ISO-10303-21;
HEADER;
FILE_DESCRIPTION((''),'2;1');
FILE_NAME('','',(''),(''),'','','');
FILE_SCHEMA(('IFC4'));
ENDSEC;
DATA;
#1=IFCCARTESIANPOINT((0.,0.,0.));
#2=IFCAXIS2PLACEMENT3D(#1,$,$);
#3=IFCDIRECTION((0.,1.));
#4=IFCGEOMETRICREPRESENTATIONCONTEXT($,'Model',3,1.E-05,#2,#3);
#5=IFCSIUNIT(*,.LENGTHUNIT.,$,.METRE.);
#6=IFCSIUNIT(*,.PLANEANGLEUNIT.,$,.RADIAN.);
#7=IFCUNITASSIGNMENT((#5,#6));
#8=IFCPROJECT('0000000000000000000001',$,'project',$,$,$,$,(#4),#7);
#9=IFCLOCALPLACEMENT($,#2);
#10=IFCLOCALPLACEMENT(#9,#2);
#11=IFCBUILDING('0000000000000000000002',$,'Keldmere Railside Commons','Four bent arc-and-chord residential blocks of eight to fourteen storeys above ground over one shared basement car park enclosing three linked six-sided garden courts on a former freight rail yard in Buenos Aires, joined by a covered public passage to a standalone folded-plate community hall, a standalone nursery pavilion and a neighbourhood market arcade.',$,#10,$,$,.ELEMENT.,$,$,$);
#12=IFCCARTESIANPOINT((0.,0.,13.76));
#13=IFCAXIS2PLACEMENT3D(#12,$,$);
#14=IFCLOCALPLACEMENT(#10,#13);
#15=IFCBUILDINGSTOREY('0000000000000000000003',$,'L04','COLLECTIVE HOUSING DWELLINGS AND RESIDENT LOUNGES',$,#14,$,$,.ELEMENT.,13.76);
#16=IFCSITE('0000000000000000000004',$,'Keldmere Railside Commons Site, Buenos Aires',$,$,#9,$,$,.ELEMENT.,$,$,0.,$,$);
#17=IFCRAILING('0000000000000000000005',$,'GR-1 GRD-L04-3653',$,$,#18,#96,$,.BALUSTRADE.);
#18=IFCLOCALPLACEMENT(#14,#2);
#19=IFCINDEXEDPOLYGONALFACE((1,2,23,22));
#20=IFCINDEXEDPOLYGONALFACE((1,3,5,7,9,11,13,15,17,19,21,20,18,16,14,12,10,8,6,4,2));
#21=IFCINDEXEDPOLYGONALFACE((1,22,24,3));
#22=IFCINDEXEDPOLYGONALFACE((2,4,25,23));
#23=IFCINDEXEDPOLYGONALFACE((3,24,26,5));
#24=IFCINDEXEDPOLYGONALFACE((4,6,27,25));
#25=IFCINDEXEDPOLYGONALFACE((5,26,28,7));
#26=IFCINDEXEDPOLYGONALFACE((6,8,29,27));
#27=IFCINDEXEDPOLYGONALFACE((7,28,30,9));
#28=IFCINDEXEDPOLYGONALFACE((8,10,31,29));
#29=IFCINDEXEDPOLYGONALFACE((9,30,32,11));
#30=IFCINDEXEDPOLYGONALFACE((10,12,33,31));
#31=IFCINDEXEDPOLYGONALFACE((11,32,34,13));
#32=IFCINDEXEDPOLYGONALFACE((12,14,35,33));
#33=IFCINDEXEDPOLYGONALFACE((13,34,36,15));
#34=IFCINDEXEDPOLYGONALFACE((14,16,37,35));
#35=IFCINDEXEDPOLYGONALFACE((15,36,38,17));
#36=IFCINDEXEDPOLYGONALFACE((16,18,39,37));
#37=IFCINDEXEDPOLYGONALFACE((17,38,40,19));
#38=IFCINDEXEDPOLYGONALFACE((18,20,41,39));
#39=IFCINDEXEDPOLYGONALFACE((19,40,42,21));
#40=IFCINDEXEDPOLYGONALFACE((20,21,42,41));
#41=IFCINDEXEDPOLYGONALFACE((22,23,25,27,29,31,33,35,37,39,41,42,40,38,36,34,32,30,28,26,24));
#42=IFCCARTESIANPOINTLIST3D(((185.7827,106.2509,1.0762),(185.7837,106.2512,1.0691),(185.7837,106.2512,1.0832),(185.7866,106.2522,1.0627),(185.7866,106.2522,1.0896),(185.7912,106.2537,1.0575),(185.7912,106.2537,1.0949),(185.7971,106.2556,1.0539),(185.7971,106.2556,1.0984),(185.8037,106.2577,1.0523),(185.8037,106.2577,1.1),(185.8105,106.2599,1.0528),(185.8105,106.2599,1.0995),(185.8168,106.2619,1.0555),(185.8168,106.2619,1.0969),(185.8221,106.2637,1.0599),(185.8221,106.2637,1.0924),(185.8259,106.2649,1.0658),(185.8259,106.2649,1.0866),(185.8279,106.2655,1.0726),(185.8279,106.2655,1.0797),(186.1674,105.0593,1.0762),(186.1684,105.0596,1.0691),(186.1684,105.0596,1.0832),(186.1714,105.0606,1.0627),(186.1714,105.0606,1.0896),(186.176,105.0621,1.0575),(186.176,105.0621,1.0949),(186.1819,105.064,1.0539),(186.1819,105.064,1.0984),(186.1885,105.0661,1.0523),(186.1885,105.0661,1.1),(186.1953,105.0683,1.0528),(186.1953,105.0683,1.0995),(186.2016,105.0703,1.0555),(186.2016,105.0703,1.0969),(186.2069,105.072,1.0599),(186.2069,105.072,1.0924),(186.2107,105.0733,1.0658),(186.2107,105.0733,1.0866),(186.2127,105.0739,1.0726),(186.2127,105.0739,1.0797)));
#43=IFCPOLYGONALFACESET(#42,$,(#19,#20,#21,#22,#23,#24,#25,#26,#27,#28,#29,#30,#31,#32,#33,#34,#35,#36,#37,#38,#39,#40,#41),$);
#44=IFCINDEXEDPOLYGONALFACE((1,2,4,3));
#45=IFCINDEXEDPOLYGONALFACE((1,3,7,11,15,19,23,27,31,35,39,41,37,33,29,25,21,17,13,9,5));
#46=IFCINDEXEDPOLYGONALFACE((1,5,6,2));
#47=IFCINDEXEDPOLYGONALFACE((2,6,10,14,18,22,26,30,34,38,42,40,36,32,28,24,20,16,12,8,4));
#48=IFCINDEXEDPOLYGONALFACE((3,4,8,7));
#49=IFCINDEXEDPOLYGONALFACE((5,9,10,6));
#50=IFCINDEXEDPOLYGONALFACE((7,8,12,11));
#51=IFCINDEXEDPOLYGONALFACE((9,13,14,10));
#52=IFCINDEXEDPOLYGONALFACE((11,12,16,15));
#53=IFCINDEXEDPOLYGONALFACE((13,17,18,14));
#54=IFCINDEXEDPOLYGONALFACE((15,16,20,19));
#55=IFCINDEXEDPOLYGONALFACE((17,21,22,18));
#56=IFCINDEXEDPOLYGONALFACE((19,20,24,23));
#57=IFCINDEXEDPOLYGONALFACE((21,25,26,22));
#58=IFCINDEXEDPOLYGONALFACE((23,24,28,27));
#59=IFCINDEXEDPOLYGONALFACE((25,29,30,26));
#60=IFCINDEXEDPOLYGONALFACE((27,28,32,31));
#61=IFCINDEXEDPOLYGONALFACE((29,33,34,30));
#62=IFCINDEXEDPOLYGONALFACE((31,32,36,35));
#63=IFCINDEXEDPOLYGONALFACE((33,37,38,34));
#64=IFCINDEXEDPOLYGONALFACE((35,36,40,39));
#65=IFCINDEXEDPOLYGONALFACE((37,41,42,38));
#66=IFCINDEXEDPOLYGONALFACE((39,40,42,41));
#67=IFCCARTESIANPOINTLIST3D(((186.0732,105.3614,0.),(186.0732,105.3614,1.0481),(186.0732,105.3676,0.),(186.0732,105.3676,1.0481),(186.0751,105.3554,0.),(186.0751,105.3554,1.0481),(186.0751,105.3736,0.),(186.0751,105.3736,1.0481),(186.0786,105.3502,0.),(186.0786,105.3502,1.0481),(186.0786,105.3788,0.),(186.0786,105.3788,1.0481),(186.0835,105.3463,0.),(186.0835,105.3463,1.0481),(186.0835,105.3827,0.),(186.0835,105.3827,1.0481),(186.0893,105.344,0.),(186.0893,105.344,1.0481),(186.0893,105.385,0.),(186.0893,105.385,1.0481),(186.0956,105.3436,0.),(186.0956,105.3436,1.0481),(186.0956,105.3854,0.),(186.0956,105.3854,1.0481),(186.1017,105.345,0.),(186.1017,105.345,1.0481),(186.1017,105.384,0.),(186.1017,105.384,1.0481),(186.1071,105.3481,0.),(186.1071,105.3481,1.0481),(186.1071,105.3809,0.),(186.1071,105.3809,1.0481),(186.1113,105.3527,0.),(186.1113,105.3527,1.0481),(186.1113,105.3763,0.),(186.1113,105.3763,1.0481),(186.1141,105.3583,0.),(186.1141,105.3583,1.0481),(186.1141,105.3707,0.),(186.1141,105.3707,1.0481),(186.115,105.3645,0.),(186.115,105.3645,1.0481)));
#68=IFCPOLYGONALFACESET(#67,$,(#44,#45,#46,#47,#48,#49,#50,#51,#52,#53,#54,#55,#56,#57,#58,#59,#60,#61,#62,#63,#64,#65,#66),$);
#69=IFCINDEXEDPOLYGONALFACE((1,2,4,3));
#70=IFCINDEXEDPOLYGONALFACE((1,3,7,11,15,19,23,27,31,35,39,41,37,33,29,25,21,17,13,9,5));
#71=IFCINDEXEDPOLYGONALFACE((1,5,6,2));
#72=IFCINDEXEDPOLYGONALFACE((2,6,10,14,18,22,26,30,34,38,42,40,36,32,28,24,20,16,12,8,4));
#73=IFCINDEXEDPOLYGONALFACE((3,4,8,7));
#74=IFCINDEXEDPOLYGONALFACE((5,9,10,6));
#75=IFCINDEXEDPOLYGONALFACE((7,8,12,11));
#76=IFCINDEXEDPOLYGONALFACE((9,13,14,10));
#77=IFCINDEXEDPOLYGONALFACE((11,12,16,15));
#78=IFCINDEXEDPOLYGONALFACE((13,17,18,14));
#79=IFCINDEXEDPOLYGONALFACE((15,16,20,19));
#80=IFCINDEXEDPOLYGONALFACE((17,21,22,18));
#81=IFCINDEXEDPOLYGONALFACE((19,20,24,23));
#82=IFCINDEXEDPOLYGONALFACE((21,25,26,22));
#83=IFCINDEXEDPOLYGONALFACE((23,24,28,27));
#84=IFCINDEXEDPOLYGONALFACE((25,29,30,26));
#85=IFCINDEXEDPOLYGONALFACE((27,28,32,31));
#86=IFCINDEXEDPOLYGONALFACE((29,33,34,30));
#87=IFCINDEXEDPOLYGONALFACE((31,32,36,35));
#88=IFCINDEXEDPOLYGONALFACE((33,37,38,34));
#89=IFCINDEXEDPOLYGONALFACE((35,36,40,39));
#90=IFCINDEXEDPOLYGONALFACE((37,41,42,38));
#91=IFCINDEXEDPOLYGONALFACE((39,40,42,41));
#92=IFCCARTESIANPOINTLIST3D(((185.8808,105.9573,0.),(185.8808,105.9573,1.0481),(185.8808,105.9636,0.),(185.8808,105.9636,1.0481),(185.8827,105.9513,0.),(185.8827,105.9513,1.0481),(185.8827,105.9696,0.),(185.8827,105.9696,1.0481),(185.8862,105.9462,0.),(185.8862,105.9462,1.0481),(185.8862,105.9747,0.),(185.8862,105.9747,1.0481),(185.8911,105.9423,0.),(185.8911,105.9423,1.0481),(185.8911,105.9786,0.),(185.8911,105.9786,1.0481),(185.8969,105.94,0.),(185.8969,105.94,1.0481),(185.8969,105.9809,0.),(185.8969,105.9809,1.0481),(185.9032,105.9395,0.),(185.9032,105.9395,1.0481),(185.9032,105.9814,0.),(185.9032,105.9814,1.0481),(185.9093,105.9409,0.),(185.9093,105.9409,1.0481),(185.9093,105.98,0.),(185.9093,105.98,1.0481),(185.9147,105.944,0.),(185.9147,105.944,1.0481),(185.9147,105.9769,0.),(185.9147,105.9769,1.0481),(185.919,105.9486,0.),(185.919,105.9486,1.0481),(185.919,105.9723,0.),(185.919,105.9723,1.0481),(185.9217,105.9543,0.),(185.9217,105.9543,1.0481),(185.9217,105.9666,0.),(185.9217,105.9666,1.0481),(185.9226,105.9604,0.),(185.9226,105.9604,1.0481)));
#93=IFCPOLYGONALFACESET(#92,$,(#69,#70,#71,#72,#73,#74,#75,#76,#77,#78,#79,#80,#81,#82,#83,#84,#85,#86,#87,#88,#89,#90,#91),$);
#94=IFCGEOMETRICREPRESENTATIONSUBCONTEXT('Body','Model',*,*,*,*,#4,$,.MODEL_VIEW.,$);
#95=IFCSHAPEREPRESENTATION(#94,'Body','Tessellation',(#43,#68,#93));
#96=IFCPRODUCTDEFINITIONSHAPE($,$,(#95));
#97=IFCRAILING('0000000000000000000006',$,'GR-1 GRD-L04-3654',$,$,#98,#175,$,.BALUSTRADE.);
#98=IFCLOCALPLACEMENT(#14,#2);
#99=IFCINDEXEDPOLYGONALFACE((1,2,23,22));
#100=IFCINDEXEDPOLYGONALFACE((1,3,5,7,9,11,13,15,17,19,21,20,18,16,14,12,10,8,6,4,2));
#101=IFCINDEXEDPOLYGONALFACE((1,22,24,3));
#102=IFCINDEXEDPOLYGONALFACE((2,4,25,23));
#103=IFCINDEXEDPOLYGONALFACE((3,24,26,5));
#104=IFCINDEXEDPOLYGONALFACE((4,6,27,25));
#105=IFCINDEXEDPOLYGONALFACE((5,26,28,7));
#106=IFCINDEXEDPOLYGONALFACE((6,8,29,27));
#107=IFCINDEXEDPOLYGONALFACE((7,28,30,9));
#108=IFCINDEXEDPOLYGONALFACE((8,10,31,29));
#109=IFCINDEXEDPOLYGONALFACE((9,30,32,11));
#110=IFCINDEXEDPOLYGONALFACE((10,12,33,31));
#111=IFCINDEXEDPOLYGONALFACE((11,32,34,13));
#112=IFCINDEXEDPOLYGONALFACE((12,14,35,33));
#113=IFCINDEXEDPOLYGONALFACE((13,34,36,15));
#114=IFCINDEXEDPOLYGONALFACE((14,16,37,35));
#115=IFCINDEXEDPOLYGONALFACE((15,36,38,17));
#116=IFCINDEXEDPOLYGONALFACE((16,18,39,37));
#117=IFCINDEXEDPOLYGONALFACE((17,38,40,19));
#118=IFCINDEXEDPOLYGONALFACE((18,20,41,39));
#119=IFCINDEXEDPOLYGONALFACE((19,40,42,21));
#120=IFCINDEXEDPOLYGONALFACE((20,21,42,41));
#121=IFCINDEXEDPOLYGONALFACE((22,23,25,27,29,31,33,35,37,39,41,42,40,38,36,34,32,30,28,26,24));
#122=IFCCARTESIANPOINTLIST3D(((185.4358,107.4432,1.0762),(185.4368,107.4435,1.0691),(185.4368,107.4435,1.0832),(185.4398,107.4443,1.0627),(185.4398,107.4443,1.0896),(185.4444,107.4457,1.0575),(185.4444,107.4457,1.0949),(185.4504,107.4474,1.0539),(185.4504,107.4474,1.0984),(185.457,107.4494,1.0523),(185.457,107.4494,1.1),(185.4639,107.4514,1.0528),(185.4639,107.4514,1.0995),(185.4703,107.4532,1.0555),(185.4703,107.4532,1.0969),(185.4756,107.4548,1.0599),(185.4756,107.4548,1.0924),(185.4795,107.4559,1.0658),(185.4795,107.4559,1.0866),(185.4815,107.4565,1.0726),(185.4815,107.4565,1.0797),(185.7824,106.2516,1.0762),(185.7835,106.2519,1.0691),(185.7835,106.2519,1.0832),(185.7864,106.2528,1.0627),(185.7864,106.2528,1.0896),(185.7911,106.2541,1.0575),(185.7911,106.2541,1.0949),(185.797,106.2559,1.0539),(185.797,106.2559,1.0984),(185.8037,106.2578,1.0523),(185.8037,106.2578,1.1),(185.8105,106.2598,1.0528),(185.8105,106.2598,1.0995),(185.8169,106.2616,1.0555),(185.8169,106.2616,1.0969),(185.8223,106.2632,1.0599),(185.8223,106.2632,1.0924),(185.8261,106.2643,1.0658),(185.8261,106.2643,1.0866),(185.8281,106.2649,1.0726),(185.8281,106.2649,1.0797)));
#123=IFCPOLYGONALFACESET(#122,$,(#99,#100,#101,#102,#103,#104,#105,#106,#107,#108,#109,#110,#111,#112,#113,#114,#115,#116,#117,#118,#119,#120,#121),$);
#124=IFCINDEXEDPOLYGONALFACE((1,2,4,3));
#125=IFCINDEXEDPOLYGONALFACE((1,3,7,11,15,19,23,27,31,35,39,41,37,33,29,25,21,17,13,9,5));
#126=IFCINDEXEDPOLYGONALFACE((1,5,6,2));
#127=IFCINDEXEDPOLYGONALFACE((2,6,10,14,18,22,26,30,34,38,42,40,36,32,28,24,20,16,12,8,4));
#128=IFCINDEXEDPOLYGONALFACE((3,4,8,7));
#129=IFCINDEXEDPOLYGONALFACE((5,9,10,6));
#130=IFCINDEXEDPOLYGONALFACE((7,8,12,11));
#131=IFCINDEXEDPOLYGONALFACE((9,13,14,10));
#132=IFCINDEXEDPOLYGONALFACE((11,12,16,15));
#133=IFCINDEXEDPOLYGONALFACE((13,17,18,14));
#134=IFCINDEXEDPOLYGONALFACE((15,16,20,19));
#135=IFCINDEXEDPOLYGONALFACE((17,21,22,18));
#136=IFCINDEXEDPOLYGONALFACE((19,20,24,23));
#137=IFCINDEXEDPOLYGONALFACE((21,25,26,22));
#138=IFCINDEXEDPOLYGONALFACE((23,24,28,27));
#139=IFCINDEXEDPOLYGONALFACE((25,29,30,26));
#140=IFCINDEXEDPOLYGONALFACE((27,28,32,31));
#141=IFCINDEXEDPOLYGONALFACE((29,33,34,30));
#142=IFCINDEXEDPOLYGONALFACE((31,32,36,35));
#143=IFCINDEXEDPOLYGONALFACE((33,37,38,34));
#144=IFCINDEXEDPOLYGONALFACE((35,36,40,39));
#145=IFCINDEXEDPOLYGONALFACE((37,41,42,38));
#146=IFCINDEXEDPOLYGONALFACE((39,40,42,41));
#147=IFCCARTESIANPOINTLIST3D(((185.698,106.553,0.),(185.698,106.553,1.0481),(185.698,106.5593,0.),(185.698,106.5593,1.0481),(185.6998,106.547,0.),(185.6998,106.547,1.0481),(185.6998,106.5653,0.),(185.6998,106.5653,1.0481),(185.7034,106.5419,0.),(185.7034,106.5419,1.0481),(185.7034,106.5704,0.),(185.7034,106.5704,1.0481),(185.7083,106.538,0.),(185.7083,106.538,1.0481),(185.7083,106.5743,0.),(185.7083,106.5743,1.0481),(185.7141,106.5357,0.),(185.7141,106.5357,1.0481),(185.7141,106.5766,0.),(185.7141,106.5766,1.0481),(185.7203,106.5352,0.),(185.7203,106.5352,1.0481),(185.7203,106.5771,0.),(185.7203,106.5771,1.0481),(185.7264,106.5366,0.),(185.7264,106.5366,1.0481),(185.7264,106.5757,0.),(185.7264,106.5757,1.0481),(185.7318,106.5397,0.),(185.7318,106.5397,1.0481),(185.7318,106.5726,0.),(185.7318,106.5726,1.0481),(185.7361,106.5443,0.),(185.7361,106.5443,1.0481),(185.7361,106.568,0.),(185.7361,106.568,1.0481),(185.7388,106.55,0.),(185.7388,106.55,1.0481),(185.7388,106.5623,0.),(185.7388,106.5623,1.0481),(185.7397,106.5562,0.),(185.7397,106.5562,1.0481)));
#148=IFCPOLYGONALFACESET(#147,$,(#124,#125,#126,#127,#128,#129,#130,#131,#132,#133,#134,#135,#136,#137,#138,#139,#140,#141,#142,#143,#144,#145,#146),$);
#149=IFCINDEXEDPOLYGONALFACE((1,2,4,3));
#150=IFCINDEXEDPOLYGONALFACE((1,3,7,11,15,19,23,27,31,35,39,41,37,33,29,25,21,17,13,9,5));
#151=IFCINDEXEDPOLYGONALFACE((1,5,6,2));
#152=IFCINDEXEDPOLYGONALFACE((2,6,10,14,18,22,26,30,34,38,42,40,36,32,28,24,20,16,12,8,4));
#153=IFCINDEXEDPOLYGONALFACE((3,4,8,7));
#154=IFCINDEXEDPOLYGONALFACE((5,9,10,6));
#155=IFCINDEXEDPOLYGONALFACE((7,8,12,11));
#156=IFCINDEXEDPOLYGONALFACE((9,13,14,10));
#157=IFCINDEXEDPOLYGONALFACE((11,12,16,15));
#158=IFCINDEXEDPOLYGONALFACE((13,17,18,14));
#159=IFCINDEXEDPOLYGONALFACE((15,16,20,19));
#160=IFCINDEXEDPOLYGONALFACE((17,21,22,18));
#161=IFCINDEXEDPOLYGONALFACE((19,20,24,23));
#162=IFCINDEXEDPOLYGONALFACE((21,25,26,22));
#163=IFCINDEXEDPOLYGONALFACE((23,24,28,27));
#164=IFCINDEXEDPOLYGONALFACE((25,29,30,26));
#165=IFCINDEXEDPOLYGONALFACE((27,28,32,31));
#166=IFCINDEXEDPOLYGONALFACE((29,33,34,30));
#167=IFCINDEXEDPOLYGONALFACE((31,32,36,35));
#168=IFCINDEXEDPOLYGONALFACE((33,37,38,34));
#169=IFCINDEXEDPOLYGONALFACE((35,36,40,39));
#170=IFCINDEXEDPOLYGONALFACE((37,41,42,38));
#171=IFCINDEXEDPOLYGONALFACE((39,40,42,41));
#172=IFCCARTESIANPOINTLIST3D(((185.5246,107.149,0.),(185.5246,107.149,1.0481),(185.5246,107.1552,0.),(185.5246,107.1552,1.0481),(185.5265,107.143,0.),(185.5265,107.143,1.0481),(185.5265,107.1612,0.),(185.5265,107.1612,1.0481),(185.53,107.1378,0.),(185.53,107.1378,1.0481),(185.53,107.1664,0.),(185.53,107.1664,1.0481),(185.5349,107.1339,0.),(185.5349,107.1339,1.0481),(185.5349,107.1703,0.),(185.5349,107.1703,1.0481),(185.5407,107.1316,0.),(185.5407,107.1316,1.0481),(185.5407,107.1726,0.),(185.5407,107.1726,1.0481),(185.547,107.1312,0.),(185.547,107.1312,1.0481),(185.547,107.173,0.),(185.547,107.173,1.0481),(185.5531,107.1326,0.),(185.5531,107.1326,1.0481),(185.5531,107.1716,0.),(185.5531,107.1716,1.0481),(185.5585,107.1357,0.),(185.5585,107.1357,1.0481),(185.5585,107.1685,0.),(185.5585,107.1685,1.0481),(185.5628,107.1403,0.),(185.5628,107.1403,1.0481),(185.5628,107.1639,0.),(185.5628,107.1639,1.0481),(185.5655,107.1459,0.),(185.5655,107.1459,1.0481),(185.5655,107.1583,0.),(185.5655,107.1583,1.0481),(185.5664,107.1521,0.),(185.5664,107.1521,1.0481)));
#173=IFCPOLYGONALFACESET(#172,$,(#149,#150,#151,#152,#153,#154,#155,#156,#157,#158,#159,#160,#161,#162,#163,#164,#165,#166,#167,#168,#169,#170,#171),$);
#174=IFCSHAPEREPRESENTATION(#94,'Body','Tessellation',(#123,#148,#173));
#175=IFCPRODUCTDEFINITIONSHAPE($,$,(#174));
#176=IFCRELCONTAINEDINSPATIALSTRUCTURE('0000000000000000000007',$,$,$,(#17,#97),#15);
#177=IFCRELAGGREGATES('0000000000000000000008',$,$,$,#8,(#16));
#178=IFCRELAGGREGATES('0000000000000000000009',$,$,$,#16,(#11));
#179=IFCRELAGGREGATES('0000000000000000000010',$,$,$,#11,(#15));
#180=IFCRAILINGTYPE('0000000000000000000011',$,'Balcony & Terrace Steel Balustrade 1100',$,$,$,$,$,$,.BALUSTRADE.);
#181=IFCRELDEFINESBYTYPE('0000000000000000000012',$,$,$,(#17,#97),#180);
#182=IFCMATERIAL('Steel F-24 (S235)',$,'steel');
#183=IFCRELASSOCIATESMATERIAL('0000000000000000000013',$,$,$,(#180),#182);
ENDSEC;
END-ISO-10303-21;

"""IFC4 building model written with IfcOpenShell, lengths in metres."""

from ifc_helpers import new_model, si_unit, direction, frame, origin, origin_2d, place, context, subcontext, project, spatial, circle, extrude, material, type_object, element, save


model = new_model("IFC4")

# Units and contexts
model_context = context("Model", 3, precision=1e-05, world=origin(), true_north=direction((0.0, 1.0)))
body_context = subcontext(model_context, "Body", "Model", "MODEL_VIEW")
ifc_project = project(units=[si_unit("LENGTHUNIT", "METRE"), si_unit("PLANEANGLEUNIT", "RADIAN")], contexts=[model_context])

# Site, building, storey
site_placement = place(None, origin())
site = spatial("IfcSite", under=ifc_project, at=site_placement, Name="Keldmere Railside Commons Site, Buenos Aires", CompositionType="ELEMENT", RefElevation=0.0)
building_placement = place(site_placement, origin())
building = spatial("IfcBuilding", under=site, at=building_placement, Name="Keldmere Railside Commons", Description="Four bent arc-and-chord residential blocks of eight to fourteen storeys above ground over one shared basement car park enclosing three linked six-sided garden courts on a former freight rail yard in Buenos Aires, joined by a covered public passage to a standalone folded-plate community hall, a standalone nursery pavilion and a neighbourhood market arcade.", CompositionType="ELEMENT")
storey_placement = place(building_placement, frame((0.0, 0.0, 13.76)))
storey = spatial("IfcBuildingStorey", under=building, at=storey_placement, Name="L04", Description="COLLECTIVE HOUSING DWELLINGS AND RESIDENT LOUNGES", CompositionType="ELEMENT", Elevation=13.76)

# Railings
ifc_material_1 = material(Name="Steel F-24 (S235)", Category="steel")
railing_type = type_object("IfcRailingType", Name="Balcony & Terrace Steel Balustrade 1100", PredefinedType="BALUSTRADE", material=ifc_material_1)
railing_1_placement = place(storey_placement, frame((186.1902, 105.0667, 0.0)))
element("IfcRailing", 1, at=railing_1_placement, inside=storey, type_object=railing_type, Name="GR-1 GRD-L04-3653", PredefinedType="BALUSTRADE", context=body_context, shape_type="SweptSolid", body=[
    extrude(circle(Radius=0.0239, at=origin_2d()), frame((0.0, 0.0, 1.0762), z_axis=(-0.307265, 0.951624, 0.0), x_axis=(-0.951624, -0.307265, 0.0)), (0.0, 0.0, 1.0), 1.2522),
    extrude(circle(Radius=0.021, at=origin_2d()), frame((-0.0962, 0.2979, 0.0)), (0.0, 0.0, 1.0), 1.0481),
    extrude(circle(Radius=0.021, at=origin_2d()), frame((-0.2886, 0.8938, 0.0)), (0.0, 0.0, 1.0), 1.0481),
])
railing_2_placement = place(storey_placement, frame((185.8054, 106.2583, 0.0)))
element("IfcRailing", 2, at=railing_2_placement, inside=storey, type_object=railing_type, Name="GR-1 GRD-L04-3654", PredefinedType="BALUSTRADE", context=body_context, shape_type="SweptSolid", body=[
    extrude(circle(Radius=0.0239, at=origin_2d()), frame((0.0, 0.0, 1.0762), z_axis=(-0.279343, 0.960191, 0.0), x_axis=(-0.960191, -0.279343, 0.0)), (0.0, 0.0, 1.0), 1.241),
    extrude(circle(Radius=0.021, at=origin_2d()), frame((-0.0867, 0.2979, 0.0)), (0.0, 0.0, 1.0), 1.0481),
    extrude(circle(Radius=0.021, at=origin_2d()), frame((-0.26, 0.8938, 0.0)), (0.0, 0.0, 1.0), 1.0481),
])

save(model, "model.ifc")
